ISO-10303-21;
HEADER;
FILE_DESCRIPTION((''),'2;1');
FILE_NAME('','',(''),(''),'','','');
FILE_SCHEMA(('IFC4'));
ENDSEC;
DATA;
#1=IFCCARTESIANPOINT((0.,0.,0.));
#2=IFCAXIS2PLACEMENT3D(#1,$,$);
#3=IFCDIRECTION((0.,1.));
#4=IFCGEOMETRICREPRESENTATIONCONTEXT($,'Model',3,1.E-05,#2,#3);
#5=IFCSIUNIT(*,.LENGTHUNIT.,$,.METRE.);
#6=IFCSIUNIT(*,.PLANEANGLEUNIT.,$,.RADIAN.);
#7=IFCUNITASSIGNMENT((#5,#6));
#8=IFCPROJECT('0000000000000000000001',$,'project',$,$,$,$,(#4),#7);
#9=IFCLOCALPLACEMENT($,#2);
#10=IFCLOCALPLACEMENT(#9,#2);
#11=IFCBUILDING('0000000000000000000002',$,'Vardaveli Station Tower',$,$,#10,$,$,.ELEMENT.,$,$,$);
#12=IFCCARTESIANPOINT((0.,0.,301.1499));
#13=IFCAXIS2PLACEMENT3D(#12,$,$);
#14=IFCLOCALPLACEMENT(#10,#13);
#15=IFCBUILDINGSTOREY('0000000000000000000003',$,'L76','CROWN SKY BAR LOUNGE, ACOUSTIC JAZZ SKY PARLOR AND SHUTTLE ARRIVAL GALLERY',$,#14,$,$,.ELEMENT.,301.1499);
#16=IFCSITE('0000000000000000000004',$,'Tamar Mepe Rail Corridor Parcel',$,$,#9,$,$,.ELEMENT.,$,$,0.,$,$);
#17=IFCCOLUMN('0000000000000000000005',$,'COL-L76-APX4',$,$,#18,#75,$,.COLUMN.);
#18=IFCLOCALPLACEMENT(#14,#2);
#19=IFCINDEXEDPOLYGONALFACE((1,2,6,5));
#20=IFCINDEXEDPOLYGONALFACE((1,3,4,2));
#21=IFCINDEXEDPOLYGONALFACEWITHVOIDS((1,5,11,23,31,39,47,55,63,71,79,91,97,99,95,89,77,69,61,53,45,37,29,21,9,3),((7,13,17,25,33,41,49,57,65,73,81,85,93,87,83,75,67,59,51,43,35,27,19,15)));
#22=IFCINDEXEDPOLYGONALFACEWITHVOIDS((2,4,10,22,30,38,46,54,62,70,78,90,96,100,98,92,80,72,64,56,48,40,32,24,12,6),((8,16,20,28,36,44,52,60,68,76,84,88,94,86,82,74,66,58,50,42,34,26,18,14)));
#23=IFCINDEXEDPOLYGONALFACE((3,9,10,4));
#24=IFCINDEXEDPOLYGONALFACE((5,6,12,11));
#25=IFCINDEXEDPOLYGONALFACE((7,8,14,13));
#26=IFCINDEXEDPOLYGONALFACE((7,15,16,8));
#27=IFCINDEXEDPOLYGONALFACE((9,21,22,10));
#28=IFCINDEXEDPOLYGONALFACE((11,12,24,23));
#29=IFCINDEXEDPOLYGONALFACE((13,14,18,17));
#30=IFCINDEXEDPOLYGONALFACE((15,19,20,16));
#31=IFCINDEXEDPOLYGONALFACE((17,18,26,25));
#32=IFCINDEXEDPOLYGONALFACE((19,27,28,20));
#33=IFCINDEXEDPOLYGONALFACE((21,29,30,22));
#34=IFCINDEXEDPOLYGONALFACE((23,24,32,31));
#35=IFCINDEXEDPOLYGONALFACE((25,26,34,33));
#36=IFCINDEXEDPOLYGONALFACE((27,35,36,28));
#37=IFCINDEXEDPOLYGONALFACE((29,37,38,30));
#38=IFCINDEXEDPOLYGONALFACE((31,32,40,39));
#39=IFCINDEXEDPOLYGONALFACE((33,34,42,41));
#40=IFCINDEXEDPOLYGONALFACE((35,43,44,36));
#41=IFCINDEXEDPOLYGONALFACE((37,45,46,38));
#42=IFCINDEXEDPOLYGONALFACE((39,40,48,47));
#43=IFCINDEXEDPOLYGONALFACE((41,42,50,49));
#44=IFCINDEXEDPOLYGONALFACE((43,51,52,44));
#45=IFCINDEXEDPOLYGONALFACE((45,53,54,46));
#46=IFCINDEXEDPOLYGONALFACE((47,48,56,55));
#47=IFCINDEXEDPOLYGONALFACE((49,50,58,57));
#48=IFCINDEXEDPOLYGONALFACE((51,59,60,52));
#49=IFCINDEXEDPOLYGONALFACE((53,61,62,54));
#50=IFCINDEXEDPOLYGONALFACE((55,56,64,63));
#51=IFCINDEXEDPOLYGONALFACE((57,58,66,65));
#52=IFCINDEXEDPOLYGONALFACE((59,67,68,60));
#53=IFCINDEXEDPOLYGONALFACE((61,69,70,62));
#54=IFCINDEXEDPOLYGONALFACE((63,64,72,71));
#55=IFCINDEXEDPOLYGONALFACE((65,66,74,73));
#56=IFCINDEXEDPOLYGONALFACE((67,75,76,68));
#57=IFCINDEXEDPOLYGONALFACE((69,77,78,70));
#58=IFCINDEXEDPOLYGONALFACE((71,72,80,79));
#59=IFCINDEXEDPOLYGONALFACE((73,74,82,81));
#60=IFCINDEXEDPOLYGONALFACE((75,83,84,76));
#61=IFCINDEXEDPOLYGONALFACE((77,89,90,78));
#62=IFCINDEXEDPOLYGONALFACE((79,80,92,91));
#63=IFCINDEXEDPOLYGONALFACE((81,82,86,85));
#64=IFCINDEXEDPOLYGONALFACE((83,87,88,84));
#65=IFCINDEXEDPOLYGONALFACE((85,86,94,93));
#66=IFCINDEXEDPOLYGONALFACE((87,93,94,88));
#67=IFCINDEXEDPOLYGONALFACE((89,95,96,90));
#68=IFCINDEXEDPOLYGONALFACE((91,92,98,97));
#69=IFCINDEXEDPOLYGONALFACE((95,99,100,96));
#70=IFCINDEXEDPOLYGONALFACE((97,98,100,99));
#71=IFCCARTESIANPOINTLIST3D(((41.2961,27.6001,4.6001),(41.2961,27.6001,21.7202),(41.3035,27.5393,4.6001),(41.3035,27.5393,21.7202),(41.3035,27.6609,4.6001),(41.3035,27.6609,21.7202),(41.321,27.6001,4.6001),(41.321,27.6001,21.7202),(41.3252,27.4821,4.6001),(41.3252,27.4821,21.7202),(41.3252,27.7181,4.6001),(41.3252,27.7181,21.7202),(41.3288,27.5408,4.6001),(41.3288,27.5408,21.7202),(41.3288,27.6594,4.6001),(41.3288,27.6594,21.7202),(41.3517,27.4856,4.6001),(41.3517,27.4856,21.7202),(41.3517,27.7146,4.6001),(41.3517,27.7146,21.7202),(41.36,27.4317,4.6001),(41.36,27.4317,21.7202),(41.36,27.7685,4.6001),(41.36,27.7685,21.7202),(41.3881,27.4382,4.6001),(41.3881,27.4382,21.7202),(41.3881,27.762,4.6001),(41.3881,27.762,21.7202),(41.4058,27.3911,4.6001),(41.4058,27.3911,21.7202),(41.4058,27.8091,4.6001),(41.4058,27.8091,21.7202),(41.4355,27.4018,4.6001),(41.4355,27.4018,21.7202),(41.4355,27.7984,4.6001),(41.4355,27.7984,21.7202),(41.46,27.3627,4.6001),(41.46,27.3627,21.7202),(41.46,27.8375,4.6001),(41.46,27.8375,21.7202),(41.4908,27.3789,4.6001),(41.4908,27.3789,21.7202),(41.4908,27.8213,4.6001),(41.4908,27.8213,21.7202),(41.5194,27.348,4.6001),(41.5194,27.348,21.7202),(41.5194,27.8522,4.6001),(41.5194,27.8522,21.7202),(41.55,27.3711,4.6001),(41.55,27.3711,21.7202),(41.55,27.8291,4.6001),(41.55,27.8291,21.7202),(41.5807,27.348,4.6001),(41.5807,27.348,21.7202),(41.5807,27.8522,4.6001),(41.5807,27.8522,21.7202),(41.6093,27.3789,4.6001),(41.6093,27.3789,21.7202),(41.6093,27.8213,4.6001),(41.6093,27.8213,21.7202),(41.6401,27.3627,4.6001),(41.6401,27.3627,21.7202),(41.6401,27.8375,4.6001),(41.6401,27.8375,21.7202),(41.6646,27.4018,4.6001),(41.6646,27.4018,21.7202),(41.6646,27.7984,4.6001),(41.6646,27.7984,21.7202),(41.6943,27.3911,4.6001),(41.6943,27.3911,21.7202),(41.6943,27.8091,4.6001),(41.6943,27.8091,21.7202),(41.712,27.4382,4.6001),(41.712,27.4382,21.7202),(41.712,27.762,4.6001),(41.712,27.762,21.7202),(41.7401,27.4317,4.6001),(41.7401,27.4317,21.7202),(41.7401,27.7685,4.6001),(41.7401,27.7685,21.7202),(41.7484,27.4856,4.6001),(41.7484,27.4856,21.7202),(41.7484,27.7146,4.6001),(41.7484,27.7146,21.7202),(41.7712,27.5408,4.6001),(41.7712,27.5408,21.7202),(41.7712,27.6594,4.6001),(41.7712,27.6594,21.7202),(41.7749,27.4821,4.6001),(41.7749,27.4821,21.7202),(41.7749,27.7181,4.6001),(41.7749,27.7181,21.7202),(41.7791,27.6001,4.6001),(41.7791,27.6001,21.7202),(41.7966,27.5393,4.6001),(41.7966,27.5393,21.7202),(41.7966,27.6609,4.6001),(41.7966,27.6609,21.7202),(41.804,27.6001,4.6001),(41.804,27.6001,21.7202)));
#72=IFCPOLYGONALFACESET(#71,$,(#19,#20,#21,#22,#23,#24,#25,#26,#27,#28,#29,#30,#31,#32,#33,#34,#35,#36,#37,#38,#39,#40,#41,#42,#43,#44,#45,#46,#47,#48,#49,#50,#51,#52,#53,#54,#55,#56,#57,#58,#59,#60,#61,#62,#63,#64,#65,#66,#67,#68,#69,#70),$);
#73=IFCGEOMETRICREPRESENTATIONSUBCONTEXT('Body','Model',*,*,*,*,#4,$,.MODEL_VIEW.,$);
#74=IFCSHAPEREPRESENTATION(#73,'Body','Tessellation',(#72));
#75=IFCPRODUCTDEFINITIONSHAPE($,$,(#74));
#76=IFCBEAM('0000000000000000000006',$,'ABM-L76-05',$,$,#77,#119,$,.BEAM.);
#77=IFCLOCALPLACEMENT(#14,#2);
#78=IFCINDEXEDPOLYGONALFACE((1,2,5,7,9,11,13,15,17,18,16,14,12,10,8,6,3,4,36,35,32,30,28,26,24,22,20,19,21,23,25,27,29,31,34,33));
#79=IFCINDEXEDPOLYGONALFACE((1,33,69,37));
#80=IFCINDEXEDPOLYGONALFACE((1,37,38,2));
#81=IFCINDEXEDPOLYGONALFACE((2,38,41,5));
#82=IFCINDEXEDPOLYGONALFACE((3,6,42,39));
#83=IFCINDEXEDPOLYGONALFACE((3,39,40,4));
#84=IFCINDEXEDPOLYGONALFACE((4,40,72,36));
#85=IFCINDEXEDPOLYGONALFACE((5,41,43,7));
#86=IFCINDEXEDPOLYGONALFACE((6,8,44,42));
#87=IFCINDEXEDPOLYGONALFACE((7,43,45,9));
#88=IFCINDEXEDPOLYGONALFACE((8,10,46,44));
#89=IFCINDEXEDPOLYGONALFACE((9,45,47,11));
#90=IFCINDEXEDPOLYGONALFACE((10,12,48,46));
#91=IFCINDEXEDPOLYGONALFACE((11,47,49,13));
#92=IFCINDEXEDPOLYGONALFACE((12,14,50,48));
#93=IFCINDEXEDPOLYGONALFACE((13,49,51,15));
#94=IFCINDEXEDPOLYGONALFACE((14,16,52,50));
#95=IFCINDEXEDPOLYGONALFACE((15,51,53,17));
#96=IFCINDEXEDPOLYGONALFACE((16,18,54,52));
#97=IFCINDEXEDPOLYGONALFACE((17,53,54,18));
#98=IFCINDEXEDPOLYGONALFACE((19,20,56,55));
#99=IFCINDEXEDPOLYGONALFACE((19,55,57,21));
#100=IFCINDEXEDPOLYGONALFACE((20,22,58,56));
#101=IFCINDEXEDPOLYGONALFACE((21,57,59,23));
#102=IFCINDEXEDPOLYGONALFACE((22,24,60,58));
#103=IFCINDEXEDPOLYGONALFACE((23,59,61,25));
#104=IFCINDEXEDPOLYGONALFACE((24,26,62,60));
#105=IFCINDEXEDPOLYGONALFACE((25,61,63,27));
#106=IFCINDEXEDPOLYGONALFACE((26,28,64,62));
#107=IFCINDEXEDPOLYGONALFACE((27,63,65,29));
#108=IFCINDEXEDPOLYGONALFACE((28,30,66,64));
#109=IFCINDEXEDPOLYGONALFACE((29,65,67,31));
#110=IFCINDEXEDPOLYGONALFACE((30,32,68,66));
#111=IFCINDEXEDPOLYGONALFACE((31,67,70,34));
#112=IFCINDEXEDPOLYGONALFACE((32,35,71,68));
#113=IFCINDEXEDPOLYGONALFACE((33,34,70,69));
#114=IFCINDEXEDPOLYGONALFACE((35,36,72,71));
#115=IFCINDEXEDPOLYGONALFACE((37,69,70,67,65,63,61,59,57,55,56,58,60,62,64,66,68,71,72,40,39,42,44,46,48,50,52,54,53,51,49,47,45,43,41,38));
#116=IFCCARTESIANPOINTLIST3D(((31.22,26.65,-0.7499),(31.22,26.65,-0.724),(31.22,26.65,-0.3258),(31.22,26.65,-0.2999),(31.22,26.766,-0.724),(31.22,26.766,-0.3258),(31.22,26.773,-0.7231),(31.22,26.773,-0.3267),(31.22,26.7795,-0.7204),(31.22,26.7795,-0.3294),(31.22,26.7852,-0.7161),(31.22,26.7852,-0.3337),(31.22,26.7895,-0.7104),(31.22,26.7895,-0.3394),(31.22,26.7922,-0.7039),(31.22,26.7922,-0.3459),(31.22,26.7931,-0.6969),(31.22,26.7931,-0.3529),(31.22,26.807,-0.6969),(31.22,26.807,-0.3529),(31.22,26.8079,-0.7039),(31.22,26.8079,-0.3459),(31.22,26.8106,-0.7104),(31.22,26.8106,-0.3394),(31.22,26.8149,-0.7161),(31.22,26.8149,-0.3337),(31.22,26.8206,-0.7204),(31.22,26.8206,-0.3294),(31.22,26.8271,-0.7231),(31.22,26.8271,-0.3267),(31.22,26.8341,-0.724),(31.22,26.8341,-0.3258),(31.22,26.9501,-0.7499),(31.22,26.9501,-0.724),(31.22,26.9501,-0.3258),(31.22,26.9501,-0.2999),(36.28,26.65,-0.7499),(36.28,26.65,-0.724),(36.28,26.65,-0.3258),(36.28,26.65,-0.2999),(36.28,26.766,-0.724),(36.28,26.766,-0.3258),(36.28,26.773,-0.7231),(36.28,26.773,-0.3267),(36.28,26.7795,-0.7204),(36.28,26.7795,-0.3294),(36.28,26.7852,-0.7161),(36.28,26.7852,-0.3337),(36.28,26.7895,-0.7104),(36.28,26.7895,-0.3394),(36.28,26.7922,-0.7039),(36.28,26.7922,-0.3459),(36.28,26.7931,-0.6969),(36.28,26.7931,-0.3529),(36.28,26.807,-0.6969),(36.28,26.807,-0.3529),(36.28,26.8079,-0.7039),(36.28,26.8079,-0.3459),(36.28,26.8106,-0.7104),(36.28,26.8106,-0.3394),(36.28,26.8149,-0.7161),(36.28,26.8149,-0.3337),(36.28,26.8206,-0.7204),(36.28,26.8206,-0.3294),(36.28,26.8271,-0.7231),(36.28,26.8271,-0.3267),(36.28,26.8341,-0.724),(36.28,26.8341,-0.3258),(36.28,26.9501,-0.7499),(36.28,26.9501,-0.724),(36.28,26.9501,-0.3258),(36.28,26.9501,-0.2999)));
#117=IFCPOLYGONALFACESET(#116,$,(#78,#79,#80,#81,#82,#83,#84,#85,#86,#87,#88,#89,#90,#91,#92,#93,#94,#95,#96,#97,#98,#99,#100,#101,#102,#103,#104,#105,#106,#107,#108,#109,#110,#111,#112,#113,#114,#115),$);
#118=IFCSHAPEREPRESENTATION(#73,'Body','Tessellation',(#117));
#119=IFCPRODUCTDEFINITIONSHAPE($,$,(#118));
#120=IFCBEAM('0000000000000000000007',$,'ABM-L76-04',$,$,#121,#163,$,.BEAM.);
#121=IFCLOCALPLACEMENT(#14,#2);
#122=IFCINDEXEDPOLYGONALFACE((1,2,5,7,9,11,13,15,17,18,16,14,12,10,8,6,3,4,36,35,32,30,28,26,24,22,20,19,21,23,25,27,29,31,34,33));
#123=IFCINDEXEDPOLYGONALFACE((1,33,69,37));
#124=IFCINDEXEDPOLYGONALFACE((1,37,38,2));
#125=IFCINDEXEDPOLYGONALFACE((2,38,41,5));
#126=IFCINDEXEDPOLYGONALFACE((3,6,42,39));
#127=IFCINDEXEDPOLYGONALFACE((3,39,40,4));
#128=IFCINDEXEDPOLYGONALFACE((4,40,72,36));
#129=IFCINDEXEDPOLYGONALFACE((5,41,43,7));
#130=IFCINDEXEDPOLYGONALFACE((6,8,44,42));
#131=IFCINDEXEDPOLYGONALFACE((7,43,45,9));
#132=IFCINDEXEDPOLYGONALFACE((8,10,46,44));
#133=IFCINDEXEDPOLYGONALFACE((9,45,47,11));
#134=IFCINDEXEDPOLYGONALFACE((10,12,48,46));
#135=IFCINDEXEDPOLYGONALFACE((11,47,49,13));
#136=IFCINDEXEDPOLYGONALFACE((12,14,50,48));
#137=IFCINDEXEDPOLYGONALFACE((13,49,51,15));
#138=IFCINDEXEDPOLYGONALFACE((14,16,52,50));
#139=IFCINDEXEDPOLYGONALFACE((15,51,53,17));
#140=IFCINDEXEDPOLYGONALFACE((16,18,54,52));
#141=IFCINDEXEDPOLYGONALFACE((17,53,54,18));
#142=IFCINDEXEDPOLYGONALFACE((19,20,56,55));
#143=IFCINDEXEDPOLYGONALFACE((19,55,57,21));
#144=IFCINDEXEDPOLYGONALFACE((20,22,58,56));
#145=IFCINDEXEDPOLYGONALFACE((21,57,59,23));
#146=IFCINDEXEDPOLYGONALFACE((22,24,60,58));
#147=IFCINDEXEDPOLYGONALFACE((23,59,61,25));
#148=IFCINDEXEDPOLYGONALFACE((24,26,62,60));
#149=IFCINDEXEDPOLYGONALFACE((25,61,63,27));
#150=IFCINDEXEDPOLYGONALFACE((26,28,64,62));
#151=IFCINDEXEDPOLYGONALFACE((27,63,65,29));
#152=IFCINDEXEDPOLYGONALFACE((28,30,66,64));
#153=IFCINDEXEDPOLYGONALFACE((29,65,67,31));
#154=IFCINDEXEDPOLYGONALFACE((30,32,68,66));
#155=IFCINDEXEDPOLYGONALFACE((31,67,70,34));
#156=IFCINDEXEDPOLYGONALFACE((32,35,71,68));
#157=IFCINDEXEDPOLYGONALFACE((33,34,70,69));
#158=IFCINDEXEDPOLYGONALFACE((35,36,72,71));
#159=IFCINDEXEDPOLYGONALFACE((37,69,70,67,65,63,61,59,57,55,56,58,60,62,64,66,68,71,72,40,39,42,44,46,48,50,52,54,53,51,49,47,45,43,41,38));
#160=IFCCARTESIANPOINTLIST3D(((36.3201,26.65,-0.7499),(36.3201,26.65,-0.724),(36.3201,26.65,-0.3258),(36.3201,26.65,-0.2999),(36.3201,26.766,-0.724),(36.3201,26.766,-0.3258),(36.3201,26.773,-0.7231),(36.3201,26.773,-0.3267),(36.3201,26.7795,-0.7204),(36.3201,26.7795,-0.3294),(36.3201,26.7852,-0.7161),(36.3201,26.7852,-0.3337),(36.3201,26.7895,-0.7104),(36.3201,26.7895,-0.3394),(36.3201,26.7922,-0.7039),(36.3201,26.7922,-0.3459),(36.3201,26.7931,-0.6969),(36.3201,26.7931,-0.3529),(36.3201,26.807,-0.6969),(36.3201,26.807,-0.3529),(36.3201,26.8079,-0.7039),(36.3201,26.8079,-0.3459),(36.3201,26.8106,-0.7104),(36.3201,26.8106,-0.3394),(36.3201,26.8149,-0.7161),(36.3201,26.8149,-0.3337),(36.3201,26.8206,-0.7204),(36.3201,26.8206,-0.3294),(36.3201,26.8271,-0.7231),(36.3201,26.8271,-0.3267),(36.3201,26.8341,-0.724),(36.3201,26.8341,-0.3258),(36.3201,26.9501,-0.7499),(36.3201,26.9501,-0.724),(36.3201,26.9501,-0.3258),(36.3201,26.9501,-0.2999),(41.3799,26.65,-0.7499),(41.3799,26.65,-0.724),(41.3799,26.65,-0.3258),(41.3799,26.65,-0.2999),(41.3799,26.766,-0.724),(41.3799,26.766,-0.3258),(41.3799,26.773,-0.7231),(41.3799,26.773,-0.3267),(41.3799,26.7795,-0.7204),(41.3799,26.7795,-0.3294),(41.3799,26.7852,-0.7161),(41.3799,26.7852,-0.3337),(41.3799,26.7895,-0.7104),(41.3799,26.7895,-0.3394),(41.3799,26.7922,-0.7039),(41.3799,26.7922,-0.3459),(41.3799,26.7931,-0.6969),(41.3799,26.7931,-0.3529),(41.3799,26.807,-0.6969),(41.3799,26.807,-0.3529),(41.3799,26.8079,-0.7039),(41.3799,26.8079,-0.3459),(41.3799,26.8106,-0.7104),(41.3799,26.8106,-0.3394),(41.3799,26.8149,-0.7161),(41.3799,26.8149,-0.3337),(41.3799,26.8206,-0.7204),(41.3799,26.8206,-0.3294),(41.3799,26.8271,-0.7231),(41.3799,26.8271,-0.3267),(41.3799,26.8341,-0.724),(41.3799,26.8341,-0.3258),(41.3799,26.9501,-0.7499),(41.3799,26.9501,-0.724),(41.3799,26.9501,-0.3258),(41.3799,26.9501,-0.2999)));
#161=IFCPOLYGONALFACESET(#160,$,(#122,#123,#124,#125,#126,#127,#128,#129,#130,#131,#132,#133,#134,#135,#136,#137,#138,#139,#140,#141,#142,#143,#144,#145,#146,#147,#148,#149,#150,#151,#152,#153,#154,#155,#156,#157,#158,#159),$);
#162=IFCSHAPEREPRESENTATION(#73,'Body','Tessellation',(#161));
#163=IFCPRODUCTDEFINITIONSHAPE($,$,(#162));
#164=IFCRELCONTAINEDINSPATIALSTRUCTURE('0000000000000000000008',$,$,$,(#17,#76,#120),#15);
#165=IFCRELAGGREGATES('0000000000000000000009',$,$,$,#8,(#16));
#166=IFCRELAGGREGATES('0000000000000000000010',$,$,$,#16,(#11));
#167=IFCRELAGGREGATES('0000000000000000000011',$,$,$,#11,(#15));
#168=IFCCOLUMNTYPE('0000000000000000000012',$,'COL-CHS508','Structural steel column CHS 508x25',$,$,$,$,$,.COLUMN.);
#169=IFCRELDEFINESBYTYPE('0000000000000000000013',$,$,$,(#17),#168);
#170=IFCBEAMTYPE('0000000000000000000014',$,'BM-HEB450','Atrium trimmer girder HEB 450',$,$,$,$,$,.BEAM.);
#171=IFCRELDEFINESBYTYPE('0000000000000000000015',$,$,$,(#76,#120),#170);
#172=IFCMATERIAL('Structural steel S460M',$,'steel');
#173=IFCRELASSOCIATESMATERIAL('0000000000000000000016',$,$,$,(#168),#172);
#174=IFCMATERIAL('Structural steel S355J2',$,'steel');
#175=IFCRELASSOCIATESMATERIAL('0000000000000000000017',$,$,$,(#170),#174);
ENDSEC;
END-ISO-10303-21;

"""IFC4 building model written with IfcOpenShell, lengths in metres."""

from ifc_helpers import new_model, si_unit, direction, frame, origin, origin_2d, place, context, subcontext, project, spatial, hollow_circle, i_section, extrude, source, transform, mapped, material, material_profile, profile_set, type_object, element, save


model = new_model("IFC4")

# Units and contexts
model_context = context("Model", 3, precision=1e-05, world=origin(), true_north=direction((0.0, 1.0)))
body_context = subcontext(model_context, "Body", "Model", "MODEL_VIEW")
ifc_project = project(units=[si_unit("LENGTHUNIT", "METRE"), si_unit("PLANEANGLEUNIT", "RADIAN")], contexts=[model_context])

# Site, building, storey
site_placement = place(None, origin())
site = spatial("IfcSite", under=ifc_project, at=site_placement, Name="Tamar Mepe Rail Corridor Parcel", CompositionType="ELEMENT", RefElevation=0.0)
building_placement = place(site_placement, origin())
building = spatial("IfcBuilding", under=site, at=building_placement, Name="Vardaveli Station Tower", CompositionType="ELEMENT")
storey_placement = place(building_placement, frame((0.0, 0.0, 301.1499)))
storey = spatial("IfcBuildingStorey", under=building, at=storey_placement, Name="L76", Description="CROWN SKY BAR LOUNGE, ACOUSTIC JAZZ SKY PARLOR AND SHUTTLE ARRIVAL GALLERY", CompositionType="ELEMENT", Elevation=301.1499)

# Column
ifc_material_1 = material(Name="Structural steel S460M", Category="steel")
ifc_material_profile_1 = material_profile(ifc_material_1, hollow_circle(Radius=0.2539, WallThickness=0.0249, at=origin_2d()), Name="CHS 508x25")
ifc_profile_set_1 = profile_set([ifc_material_profile_1], Name="Structural steel S460M")
column_type_1 = type_object("IfcColumnType", Name="COL-CHS508", Description="Structural steel column CHS 508x25", PredefinedType="COLUMN", material=ifc_profile_set_1)
shared_shape_1 = source(origin(), body_context, "Body", "SweptSolid", [
    extrude(hollow_circle(Radius=0.2539, WallThickness=0.0249, at=origin_2d()), origin(), (0.0, 0.0, 1.0), 17.1201),
])
column_placement = place(storey_placement, frame((41.55, 27.6001, 4.6001), z_axis=(0.0, 0.0, 1.0), x_axis=(1.0, 0.0, 0.0)))
element("IfcColumn", 1, at=column_placement, inside=storey, type_object=column_type_1, Name="COL-L76-APX4", PredefinedType="COLUMN", context=body_context, shape_type="MappedRepresentation", body=[
    mapped(shared_shape_1, transform((0.0, 0.0, 0.0), scale=1.0)),
])

# Beams
ifc_material_2 = material(Name="Structural steel S355J2", Category="steel")
ifc_material_profile_2 = material_profile(ifc_material_2, i_section(OverallWidth=0.3, OverallDepth=0.45, WebThickness=0.0139, FlangeThickness=0.0259, FilletRadius=0.0271, at=origin_2d()), Name="HEB 450")
ifc_profile_set_2 = profile_set([ifc_material_profile_2], Name="Structural steel S355J2")
beam_type_1 = type_object("IfcBeamType", Name="BM-HEB450", Description="Atrium trimmer girder HEB 450", PredefinedType="BEAM", material=ifc_profile_set_2)
shared_shape_2 = source(origin(), body_context, "Body", "SweptSolid", [
    extrude(i_section(OverallWidth=0.3, OverallDepth=0.45, WebThickness=0.0139, FlangeThickness=0.0259, FilletRadius=0.0271, at=origin_2d()), origin(), (0.0, 0.0, 1.0), 5.0601),
])
beam_1_placement = place(storey_placement, frame((36.28, 26.8, -0.5249), z_axis=(-1.0, 0.0, 0.0), x_axis=(0.0, -1.0, 0.0)))
element("IfcBeam", 2, at=beam_1_placement, inside=storey, type_object=beam_type_1, Name="ABM-L76-05", PredefinedType="BEAM", context=body_context, shape_type="MappedRepresentation", body=[
    mapped(shared_shape_2, transform((0.0, 0.0, 0.0), scale=1.0)),
])
shared_shape_3 = source(origin(), body_context, "Body", "SweptSolid", [
    extrude(i_section(OverallWidth=0.3, OverallDepth=0.45, WebThickness=0.0139, FlangeThickness=0.0259, FilletRadius=0.0271, at=origin_2d()), origin(), (0.0, 0.0, 1.0), 5.0598),
])
beam_2_placement = place(storey_placement, frame((41.3799, 26.8, -0.5249), z_axis=(-1.0, 0.0, 0.0), x_axis=(0.0, -1.0, 0.0)))
element("IfcBeam", 3, at=beam_2_placement, inside=storey, type_object=beam_type_1, Name="ABM-L76-04", PredefinedType="BEAM", context=body_context, shape_type="MappedRepresentation", body=[
    mapped(shared_shape_3, transform((0.0, 0.0, 0.0), scale=1.0)),
])

save(model, "model.ifc")
